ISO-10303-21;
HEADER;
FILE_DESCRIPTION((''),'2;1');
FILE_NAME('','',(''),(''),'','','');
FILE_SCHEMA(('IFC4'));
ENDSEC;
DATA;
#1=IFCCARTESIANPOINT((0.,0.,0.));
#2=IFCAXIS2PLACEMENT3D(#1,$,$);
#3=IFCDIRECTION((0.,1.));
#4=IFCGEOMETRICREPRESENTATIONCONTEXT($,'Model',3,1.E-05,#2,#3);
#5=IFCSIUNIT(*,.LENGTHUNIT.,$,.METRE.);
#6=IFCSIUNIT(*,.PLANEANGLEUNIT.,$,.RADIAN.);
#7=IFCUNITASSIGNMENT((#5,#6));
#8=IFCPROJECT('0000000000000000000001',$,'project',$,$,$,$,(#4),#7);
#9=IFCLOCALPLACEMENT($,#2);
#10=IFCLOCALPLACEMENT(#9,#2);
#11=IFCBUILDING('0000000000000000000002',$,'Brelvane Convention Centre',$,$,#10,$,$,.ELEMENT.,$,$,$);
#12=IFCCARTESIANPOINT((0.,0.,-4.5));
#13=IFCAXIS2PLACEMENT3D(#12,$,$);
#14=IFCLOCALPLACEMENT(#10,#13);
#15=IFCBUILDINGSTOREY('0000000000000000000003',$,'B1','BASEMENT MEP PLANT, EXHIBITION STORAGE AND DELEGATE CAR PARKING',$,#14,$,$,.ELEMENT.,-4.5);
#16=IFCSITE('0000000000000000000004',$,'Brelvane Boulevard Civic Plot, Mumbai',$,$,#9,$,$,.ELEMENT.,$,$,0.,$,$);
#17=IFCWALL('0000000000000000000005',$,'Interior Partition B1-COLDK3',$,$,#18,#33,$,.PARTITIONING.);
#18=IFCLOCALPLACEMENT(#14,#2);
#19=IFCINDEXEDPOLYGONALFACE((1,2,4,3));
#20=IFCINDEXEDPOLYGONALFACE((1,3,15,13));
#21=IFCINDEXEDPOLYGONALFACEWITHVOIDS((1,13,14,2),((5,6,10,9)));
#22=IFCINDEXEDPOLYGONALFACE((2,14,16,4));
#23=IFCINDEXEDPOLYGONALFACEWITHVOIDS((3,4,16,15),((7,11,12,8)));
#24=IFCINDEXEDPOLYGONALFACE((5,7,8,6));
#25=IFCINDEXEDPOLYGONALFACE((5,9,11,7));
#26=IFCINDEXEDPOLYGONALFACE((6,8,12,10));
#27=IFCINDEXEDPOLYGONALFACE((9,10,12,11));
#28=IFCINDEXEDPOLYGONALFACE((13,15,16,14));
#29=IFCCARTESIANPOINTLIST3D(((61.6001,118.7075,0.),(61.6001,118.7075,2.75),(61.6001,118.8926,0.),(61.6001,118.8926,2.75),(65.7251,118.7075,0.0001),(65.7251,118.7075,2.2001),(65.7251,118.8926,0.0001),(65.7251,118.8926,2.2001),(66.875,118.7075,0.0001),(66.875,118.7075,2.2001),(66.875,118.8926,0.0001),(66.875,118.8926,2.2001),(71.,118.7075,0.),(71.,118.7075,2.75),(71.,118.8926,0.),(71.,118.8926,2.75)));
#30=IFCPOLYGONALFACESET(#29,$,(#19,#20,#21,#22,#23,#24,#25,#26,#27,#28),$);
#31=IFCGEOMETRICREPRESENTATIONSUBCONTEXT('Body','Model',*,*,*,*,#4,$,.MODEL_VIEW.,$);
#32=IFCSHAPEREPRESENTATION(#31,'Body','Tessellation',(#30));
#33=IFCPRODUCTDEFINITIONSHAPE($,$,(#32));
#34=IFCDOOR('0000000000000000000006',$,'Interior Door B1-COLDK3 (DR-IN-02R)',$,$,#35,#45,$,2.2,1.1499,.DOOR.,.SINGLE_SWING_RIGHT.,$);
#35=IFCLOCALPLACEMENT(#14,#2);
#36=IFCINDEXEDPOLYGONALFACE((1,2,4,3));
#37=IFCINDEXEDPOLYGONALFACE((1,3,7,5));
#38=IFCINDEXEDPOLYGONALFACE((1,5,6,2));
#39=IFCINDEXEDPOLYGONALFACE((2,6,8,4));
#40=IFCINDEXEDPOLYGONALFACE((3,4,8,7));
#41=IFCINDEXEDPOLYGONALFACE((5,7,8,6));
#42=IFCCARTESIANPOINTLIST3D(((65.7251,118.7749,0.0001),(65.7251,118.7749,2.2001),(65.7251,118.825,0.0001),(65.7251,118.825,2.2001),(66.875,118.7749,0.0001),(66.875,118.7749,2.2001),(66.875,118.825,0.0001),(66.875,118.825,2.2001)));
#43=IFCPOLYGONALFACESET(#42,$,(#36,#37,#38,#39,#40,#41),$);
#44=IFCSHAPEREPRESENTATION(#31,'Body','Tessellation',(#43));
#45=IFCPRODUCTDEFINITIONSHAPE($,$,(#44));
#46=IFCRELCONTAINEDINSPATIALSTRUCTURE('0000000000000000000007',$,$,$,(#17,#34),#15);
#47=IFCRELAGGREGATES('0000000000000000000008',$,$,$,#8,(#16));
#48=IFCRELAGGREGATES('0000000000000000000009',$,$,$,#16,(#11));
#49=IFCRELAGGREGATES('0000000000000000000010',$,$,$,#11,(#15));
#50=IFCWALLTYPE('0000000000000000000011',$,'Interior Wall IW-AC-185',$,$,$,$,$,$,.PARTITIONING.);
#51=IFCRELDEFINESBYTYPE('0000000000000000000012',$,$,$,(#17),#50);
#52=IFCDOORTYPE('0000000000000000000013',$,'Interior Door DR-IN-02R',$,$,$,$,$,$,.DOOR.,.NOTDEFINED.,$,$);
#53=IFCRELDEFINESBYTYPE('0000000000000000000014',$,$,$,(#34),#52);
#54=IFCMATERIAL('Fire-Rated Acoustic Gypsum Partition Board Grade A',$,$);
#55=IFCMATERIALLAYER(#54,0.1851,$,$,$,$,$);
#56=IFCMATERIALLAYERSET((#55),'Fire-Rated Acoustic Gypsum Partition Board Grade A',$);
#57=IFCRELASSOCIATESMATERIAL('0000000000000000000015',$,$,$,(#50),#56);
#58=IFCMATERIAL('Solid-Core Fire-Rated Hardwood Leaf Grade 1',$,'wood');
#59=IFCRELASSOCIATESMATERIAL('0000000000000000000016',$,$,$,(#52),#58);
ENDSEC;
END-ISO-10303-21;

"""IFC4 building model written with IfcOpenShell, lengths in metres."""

from ifc_helpers import new_model, si_unit, direction, frame, frame_2d, origin, place, context, subcontext, project, spatial, rectangle, extrude, material, layer, layer_set, type_object, element, fill, save


model = new_model("IFC4")

# Units and contexts
model_context = context("Model", 3, precision=1e-05, world=origin(), true_north=direction((0.0, 1.0)))
body_context = subcontext(model_context, "Body", "Model", "MODEL_VIEW")
ifc_project = project(units=[si_unit("LENGTHUNIT", "METRE"), si_unit("PLANEANGLEUNIT", "RADIAN")], contexts=[model_context])

# Site, building, storey
site_placement = place(None, origin())
site = spatial("IfcSite", under=ifc_project, at=site_placement, Name="Brelvane Boulevard Civic Plot, Mumbai", CompositionType="ELEMENT", RefElevation=0.0)
building_placement = place(site_placement, origin())
building = spatial("IfcBuilding", under=site, at=building_placement, Name="Brelvane Convention Centre", CompositionType="ELEMENT")
storey_placement = place(building_placement, frame((0.0, 0.0, -4.5)))
storey = spatial("IfcBuildingStorey", under=building, at=storey_placement, Name="B1", Description="BASEMENT MEP PLANT, EXHIBITION STORAGE AND DELEGATE CAR PARKING", CompositionType="ELEMENT", Elevation=-4.5)

# Wall, opening, door
ifc_material_1 = material(Name="Fire-Rated Acoustic Gypsum Partition Board Grade A")
ifc_layer = layer(ifc_material_1, 0.1851)
ifc_layer_set = layer_set([ifc_layer], Name="Fire-Rated Acoustic Gypsum Partition Board Grade A")
wall_type = type_object("IfcWallType", Name="Interior Wall IW-AC-185", PredefinedType="PARTITIONING", material=ifc_layer_set)
wall_placement = place(storey_placement, frame((61.6001, 118.8, 0.0), z_axis=(0.0, 0.0, 1.0), x_axis=(1.0, 0.0, 0.0)))
wall = element("IfcWall", 1, at=wall_placement, inside=storey, type_object=wall_type, Name="Interior Partition B1-COLDK3", PredefinedType="PARTITIONING", context=body_context, shape_type="SweptSolid", body=[
    extrude(rectangle(XDim=9.3999, YDim=0.1851, at=frame_2d((4.7, 0.0))), origin(), (0.0, 0.0, 1.0), 2.75),
])
opening_placement = place(wall_placement, frame((4.125, 0.0, 0.0)))
opening = element("IfcOpeningElement", 2, at=opening_placement, cuts=wall, PredefinedType="OPENING", context=body_context, shape_type="SweptSolid", body=[
    extrude(rectangle(XDim=1.1499, YDim=2.2, at=frame_2d((0.575, 1.1001))), frame((0.0, 0.1025, 0.0), z_axis=(0.0, -1.0, 0.0), x_axis=(1.0, 0.0, 0.0)), (0.0, 0.0, 1.0), 0.2051),
])
ifc_material_2 = material(Name="Solid-Core Fire-Rated Hardwood Leaf Grade 1", Category="wood")
door_type = type_object("IfcDoorType", Name="Interior Door DR-IN-02R", OperationType="NOTDEFINED", PredefinedType="DOOR", material=ifc_material_2)
door_placement = place(opening_placement, origin())
door = element("IfcDoor", 3, at=door_placement, inside=storey, type_object=door_type, Name="Interior Door B1-COLDK3 (DR-IN-02R)", OperationType="SINGLE_SWING_RIGHT", OverallHeight=2.2, OverallWidth=1.1499, PredefinedType="DOOR", context=body_context, shape_type="SweptSolid", body=[
    extrude(rectangle(XDim=1.1499, YDim=2.2, at=frame_2d((0.575, 1.1001))), frame((0.0, 0.0249, 0.0), z_axis=(0.0, -1.0, 0.0), x_axis=(1.0, 0.0, 0.0)), (0.0, 0.0, 1.0), 0.05),
])
fill(opening, door)

save(model, "model.ifc")
